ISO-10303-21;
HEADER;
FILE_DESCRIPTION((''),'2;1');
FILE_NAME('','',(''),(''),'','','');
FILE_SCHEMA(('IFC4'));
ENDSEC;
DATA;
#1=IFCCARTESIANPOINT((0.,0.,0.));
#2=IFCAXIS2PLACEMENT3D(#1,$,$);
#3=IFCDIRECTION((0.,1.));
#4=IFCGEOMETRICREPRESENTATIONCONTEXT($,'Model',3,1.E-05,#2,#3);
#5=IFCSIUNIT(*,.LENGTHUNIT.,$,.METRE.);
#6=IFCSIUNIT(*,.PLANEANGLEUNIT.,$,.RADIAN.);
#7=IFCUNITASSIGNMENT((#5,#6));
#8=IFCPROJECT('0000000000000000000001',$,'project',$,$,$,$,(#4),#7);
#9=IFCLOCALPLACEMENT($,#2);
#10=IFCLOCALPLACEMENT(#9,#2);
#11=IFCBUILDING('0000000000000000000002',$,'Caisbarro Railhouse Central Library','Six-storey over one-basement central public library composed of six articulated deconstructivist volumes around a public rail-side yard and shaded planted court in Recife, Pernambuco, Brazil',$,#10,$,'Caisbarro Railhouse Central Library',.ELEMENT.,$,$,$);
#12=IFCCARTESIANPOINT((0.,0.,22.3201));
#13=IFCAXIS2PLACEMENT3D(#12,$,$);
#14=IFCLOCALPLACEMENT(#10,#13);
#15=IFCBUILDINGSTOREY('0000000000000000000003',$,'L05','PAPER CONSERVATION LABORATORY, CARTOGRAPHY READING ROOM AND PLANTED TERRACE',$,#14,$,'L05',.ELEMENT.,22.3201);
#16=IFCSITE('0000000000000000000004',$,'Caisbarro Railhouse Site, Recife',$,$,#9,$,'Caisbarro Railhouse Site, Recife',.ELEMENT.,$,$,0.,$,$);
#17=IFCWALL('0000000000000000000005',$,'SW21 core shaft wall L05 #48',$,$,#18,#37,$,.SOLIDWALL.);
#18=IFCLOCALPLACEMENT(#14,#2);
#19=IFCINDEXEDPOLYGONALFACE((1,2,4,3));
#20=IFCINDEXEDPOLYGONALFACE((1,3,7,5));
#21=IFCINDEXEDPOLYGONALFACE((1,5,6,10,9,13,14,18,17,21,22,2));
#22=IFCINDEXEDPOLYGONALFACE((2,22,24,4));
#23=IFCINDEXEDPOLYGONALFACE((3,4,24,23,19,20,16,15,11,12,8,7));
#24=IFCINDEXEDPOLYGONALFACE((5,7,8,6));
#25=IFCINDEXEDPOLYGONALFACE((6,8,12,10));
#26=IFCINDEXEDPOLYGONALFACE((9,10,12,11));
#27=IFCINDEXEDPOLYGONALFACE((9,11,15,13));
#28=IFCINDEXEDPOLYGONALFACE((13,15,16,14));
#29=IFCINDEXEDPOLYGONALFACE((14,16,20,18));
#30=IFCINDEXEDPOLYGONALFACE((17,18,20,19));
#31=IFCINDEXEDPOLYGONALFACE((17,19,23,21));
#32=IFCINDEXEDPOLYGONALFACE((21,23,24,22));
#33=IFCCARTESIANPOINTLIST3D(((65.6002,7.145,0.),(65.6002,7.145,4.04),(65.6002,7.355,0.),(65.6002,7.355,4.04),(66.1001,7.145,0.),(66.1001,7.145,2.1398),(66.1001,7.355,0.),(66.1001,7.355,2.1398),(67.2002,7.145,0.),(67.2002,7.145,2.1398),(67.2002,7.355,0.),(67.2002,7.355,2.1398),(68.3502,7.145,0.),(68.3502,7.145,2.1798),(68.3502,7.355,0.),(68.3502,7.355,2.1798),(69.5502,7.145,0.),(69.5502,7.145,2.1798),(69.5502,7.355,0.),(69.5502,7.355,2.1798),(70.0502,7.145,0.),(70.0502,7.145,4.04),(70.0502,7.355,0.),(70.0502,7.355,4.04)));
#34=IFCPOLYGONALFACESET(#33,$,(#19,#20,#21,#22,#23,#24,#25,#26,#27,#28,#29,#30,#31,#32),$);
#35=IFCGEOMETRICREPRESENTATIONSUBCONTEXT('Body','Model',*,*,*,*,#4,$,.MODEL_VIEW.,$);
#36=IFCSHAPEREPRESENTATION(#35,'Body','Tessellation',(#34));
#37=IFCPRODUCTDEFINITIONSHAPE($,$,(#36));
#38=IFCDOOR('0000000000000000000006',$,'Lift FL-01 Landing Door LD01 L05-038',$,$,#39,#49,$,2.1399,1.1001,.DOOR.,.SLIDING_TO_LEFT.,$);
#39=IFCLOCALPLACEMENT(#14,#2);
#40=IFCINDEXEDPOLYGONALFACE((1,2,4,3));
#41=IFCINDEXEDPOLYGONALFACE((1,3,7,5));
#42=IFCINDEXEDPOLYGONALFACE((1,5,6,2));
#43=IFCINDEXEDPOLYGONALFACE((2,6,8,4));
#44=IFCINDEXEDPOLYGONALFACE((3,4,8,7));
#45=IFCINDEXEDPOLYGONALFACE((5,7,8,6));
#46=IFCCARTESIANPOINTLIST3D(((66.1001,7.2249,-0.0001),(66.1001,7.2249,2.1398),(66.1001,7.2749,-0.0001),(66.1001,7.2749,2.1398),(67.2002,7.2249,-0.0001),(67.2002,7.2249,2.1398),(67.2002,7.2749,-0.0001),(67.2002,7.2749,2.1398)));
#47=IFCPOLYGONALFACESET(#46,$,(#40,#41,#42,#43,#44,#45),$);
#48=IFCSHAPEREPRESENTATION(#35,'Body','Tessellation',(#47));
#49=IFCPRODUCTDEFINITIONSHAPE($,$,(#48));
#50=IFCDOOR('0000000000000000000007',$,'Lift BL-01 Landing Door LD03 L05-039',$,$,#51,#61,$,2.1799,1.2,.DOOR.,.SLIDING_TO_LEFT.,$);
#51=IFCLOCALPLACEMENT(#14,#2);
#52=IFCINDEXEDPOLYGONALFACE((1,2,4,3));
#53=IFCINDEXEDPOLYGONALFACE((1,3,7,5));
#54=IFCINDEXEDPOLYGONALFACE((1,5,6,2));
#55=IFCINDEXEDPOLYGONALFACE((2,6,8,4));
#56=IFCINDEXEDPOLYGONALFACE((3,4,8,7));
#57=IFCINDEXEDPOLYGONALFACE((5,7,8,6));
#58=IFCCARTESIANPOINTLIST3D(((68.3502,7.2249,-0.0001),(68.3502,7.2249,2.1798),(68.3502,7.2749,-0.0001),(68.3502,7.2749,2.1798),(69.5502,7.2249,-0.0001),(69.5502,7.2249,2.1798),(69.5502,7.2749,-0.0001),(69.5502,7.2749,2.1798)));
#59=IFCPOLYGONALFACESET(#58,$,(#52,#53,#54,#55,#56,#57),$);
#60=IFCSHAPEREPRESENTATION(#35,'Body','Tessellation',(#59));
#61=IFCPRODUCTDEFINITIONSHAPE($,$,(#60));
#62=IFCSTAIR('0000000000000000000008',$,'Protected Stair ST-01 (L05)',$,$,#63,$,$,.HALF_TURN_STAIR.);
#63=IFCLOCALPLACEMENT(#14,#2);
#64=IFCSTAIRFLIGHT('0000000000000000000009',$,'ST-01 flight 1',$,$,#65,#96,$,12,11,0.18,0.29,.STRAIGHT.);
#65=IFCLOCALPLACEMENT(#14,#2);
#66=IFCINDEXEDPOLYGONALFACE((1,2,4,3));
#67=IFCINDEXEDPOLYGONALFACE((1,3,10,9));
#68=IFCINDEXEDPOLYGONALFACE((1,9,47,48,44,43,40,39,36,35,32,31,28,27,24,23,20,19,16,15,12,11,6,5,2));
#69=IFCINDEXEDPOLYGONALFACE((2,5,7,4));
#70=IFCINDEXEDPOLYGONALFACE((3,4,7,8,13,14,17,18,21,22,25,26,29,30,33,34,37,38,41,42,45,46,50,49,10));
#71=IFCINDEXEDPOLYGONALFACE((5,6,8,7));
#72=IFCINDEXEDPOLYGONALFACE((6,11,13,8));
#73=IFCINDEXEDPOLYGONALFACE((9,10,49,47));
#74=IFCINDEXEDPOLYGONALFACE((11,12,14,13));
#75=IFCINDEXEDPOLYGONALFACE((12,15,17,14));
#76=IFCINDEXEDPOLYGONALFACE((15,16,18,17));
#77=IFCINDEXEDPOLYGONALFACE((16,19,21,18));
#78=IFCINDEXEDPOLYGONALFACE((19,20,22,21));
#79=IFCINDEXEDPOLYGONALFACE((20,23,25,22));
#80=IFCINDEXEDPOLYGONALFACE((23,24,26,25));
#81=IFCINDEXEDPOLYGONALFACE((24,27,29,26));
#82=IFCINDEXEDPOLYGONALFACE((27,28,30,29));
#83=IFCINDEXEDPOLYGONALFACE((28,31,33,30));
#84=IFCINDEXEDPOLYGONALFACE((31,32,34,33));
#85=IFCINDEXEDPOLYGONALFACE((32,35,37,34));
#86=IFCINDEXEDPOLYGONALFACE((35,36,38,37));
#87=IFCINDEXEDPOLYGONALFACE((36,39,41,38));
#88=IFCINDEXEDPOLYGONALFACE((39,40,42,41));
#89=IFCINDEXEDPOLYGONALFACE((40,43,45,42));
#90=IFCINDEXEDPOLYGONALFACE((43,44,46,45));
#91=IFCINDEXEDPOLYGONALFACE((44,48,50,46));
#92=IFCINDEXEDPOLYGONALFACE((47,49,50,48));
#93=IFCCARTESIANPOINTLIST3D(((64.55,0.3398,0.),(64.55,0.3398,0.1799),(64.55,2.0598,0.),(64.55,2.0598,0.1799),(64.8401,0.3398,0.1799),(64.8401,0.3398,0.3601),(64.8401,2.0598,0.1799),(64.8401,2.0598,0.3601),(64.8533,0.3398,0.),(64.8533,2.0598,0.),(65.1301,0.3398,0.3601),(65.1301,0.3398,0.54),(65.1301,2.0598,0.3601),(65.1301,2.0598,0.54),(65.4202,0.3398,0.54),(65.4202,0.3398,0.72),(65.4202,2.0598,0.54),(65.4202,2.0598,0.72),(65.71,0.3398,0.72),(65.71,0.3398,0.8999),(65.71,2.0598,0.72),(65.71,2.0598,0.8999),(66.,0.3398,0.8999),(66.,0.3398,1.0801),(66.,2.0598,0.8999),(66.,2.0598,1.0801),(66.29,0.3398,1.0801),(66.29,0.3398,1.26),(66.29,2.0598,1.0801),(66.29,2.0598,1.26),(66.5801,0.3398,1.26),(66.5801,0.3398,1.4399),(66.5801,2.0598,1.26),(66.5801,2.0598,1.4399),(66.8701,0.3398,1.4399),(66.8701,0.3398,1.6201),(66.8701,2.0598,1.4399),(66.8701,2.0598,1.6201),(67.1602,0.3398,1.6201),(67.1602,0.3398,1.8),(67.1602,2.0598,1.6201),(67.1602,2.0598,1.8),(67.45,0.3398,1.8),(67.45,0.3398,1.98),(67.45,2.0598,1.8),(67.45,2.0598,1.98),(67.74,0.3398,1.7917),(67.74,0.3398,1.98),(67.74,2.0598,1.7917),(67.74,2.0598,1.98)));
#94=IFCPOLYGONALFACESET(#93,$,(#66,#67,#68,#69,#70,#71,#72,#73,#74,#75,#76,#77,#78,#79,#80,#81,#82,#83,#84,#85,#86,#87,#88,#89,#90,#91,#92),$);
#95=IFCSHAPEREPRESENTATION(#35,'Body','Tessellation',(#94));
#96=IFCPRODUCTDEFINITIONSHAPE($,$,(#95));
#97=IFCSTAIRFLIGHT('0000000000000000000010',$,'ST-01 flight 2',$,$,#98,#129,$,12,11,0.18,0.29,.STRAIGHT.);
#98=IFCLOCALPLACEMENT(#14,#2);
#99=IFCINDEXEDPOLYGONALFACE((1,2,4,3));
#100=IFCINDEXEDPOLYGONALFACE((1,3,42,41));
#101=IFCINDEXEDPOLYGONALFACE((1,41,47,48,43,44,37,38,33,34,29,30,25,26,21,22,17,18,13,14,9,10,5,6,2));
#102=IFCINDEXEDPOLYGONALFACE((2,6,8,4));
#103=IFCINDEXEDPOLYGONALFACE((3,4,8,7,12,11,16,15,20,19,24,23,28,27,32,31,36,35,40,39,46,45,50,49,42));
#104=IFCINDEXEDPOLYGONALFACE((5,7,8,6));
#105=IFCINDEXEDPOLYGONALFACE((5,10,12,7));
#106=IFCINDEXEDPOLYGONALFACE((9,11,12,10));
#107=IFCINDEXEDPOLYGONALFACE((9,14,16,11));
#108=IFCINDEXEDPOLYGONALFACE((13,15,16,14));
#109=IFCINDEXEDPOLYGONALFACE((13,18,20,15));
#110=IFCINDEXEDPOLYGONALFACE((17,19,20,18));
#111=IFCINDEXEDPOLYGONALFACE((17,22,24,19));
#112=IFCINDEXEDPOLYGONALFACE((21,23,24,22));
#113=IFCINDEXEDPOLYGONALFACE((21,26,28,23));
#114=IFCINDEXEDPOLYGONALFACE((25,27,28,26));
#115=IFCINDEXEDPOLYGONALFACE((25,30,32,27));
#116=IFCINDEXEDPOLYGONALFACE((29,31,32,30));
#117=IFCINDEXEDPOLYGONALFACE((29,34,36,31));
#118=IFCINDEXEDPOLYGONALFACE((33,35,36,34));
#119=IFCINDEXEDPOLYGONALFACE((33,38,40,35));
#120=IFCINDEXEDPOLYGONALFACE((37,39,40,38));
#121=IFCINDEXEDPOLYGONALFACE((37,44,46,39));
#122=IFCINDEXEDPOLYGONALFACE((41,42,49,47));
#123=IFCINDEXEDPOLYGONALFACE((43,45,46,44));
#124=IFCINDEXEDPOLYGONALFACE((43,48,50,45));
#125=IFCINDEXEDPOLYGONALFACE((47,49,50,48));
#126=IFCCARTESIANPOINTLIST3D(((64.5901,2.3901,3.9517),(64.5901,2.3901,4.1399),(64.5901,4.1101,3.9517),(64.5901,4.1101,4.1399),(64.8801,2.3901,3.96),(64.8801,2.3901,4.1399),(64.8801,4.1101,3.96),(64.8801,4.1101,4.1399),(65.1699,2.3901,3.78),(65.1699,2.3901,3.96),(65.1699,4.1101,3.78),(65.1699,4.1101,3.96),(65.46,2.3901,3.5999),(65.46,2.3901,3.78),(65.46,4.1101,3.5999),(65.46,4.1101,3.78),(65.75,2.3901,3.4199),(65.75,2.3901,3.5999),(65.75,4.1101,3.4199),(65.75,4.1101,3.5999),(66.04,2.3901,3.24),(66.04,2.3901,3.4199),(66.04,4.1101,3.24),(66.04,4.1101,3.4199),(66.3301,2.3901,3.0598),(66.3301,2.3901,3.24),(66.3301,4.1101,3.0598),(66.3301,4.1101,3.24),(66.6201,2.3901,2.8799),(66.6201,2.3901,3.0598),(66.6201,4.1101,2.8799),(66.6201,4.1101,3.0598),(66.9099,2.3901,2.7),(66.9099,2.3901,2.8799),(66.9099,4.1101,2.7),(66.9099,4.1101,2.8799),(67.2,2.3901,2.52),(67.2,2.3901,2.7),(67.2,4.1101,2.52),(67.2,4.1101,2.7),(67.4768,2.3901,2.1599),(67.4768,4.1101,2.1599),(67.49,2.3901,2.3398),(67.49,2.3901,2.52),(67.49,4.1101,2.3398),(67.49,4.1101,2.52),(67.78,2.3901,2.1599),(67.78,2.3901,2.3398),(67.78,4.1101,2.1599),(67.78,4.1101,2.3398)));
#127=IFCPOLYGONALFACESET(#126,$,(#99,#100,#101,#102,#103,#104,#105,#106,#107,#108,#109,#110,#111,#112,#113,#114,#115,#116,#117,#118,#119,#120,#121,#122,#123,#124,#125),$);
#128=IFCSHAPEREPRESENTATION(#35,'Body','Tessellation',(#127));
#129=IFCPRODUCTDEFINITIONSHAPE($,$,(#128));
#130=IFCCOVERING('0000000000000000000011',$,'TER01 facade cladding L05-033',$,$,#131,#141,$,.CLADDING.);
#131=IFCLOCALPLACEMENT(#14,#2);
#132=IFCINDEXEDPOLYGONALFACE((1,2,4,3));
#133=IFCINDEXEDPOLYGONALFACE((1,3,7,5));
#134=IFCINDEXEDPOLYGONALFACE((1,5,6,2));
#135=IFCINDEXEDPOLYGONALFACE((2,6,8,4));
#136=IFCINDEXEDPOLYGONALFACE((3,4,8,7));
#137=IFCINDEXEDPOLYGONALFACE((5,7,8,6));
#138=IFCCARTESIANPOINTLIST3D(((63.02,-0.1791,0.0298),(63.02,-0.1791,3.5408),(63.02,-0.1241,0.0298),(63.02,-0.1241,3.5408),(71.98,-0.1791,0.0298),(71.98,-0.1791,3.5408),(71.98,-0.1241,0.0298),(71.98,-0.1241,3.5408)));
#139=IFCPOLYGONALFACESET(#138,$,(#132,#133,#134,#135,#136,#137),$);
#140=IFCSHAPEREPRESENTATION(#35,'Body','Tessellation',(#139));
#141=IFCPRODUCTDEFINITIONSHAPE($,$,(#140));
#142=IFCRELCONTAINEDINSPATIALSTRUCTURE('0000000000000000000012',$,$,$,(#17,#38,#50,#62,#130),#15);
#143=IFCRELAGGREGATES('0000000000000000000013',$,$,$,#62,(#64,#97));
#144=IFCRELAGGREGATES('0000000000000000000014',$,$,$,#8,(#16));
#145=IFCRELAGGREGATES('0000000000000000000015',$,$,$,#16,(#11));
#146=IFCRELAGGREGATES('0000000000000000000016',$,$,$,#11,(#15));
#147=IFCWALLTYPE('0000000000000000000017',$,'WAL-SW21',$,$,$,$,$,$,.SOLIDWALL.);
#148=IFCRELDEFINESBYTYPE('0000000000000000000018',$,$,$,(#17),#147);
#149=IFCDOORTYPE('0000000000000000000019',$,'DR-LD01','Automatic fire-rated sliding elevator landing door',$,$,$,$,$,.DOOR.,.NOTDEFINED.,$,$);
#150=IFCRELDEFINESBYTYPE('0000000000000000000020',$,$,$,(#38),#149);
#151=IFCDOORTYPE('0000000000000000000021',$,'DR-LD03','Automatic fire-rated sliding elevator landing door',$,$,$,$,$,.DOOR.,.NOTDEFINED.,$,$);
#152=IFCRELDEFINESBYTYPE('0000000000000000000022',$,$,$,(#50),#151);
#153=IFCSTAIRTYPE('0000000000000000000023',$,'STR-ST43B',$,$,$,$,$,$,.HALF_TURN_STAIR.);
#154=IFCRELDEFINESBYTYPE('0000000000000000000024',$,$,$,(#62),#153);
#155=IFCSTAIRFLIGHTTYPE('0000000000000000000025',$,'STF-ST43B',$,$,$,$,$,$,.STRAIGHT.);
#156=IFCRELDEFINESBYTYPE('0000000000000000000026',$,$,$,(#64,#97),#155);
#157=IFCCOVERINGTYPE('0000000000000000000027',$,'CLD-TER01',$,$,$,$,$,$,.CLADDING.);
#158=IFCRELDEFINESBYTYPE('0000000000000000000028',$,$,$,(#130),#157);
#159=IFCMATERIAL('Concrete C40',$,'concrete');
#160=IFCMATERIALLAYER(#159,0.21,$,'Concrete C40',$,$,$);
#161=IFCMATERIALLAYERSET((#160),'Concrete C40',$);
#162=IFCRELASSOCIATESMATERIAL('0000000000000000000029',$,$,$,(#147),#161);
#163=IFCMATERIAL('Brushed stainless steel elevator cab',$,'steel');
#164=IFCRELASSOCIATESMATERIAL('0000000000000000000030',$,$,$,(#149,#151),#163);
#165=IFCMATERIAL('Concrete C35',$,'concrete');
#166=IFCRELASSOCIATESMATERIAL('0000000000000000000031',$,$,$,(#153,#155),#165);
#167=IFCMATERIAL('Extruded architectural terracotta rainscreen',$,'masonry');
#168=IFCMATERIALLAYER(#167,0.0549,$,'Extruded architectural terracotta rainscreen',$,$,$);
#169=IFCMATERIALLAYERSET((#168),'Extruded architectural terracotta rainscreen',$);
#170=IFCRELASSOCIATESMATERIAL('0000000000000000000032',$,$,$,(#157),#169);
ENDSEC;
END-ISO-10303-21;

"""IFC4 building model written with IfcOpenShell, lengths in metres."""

from ifc_helpers import new_model, si_unit, direction, frame, frame_2d, origin, origin_2d, place, context, subcontext, project, spatial, polyline, rectangle, outline, extrude, material, layer, layer_set, type_object, element, fill, aggregate, save


model = new_model("IFC4")

# Units and contexts
model_context = context("Model", 3, precision=1e-05, world=origin(), true_north=direction((0.0, 1.0)))
body_context = subcontext(model_context, "Body", "Model", "MODEL_VIEW")
ifc_project = project(units=[si_unit("LENGTHUNIT", "METRE"), si_unit("PLANEANGLEUNIT", "RADIAN")], contexts=[model_context])

# Site, building, storey
site_placement = place(None, origin())
site = spatial("IfcSite", under=ifc_project, at=site_placement, Name="Caisbarro Railhouse Site, Recife", LongName="Caisbarro Railhouse Site, Recife", CompositionType="ELEMENT", RefElevation=0.0)
building_placement = place(site_placement, origin())
building = spatial("IfcBuilding", under=site, at=building_placement, Name="Caisbarro Railhouse Central Library", Description="Six-storey over one-basement central public library composed of six articulated deconstructivist volumes around a public rail-side yard and shaded planted court in Recife, Pernambuco, Brazil", LongName="Caisbarro Railhouse Central Library", CompositionType="ELEMENT")
storey_placement = place(building_placement, frame((0.0, 0.0, 22.3201)))
storey = spatial("IfcBuildingStorey", under=building, at=storey_placement, Name="L05", Description="PAPER CONSERVATION LABORATORY, CARTOGRAPHY READING ROOM AND PLANTED TERRACE", LongName="L05", CompositionType="ELEMENT", Elevation=22.3201)

# Shared definitions
ifc_material_1 = material(Name="Concrete C40", Category="concrete")
ifc_layer_1 = layer(ifc_material_1, 0.21, Name="Concrete C40")
ifc_layer_set_1 = layer_set([ifc_layer_1], Name="Concrete C40")
wall_type = type_object("IfcWallType", Name="WAL-SW21", PredefinedType="SOLIDWALL", material=ifc_layer_set_1)

# Wall, openings, doors
wall_1_placement = place(storey_placement, frame((65.6001, 7.25, 0.0), z_axis=(0.0, 0.0, 1.0), x_axis=(1.0, 0.0, 0.0)))
wall_1 = element("IfcWall", 1, at=wall_1_placement, inside=storey, type_object=wall_type, Name="SW21 core shaft wall L05 #48", PredefinedType="SOLIDWALL", context=body_context, shape_type="SweptSolid", body=[
    extrude(rectangle(XDim=4.45, YDim=0.21, at=frame_2d((2.2251, 0.0))), origin(), (0.0, 0.0, 1.0), 4.04),
])
opening_1_placement = place(wall_1_placement, frame((0.5, 0.0, 0.0)))
opening_1 = element("IfcOpeningElement", 2, at=opening_1_placement, cuts=wall_1, PredefinedType="OPENING", context=body_context, shape_type="SweptSolid", body=[
    extrude(rectangle(XDim=1.1001, YDim=2.1399, at=frame_2d((0.55, 1.0698))), frame((0.0, 0.115, 0.0), z_axis=(0.0, -1.0, 0.0), x_axis=(1.0, 0.0, 0.0)), (0.0, 0.0, 1.0), 0.23),
])
opening_2_placement = place(wall_1_placement, frame((2.75, 0.0, 0.0)))
opening_2 = element("IfcOpeningElement", 3, at=opening_2_placement, cuts=wall_1, PredefinedType="OPENING", context=body_context, shape_type="SweptSolid", body=[
    extrude(rectangle(XDim=1.2, YDim=2.1799, at=frame_2d((0.6001, 1.0898))), frame((0.0, 0.115, 0.0), z_axis=(0.0, -1.0, 0.0), x_axis=(1.0, 0.0, 0.0)), (0.0, 0.0, 1.0), 0.23),
])
ifc_material_2 = material(Name="Brushed stainless steel elevator cab", Category="steel")
door_type_1 = type_object("IfcDoorType", Name="DR-LD01", Description="Automatic fire-rated sliding elevator landing door", OperationType="NOTDEFINED", PredefinedType="DOOR", material=ifc_material_2)
door_1_placement = place(opening_1_placement, origin())
door_1 = element("IfcDoor", 4, at=door_1_placement, inside=storey, type_object=door_type_1, Name="Lift FL-01 Landing Door LD01 L05-038", OperationType="SLIDING_TO_LEFT", OverallHeight=2.1399, OverallWidth=1.1001, PredefinedType="DOOR", context=body_context, shape_type="SweptSolid", body=[
    extrude(rectangle(XDim=1.1001, YDim=2.1399, at=frame_2d((0.55, 1.0698))), frame((0.0, 0.0249, 0.0), z_axis=(0.0, -1.0, 0.0), x_axis=(1.0, 0.0, 0.0)), (0.0, 0.0, 1.0), 0.05),
])
fill(opening_1, door_1)
door_type_2 = type_object("IfcDoorType", Name="DR-LD03", Description="Automatic fire-rated sliding elevator landing door", OperationType="NOTDEFINED", PredefinedType="DOOR", material=ifc_material_2)
door_2_placement = place(opening_2_placement, origin())
door_2 = element("IfcDoor", 5, at=door_2_placement, inside=storey, type_object=door_type_2, Name="Lift BL-01 Landing Door LD03 L05-039", OperationType="SLIDING_TO_LEFT", OverallHeight=2.1799, OverallWidth=1.2, PredefinedType="DOOR", context=body_context, shape_type="SweptSolid", body=[
    extrude(rectangle(XDim=1.2, YDim=2.1799, at=frame_2d((0.6001, 1.0898))), frame((0.0, 0.0249, 0.0), z_axis=(0.0, -1.0, 0.0), x_axis=(1.0, 0.0, 0.0)), (0.0, 0.0, 1.0), 0.05),
])
fill(opening_2, door_2)

# Stair, stair flights
ifc_material_3 = material(Name="Concrete C35", Category="concrete")
stair_type = type_object("IfcStairType", Name="STR-ST43B", PredefinedType="HALF_TURN_STAIR", material=ifc_material_3)
stair_placement = place(storey_placement, origin())
stair = element("IfcStair", 6, at=stair_placement, inside=storey, type_object=stair_type, Name="Protected Stair ST-01 (L05)", PredefinedType="HALF_TURN_STAIR")
stair_flight_type = type_object("IfcStairFlightType", Name="STF-ST43B", PredefinedType="STRAIGHT", material=ifc_material_3)
stair_flight_1_placement = place(storey_placement, frame((64.55, 1.2, 0.0), z_axis=(0.0, 0.0, 1.0), x_axis=(1.0, 0.0, 0.0)))
stair_flight_1 = element("IfcStairFlight", 7, at=stair_flight_1_placement, type_object=stair_flight_type, Name="ST-01 flight 1", NumberOfRisers=12, NumberOfTreads=11, PredefinedType="STRAIGHT", RiserHeight=0.18, TreadLength=0.29, context=body_context, shape_type="SweptSolid", body=[
    extrude(outline(polyline([(0.0, 0.0), (0.0, 0.1799), (0.29, 0.1799), (0.29, 0.3601), (0.5801, 0.3601), (0.5801, 0.54), (0.8701, 0.54), (0.8701, 0.72), (1.1599, 0.72), (1.1599, 0.8999), (1.45, 0.8999), (1.45, 1.0801), (1.74, 1.0801), (1.74, 1.26), (2.03, 1.26), (2.03, 1.4399), (2.3201, 1.4399), (2.3201, 1.6201), (2.6101, 1.6201), (2.6101, 1.8), (2.8999, 1.8), (2.8999, 1.98), (3.1899, 1.98), (3.1899, 2.1599), (3.1899, 1.7917), (0.3032, 0.0), (0.0, 0.0)])), frame((0.0, 0.8599, 0.0), z_axis=(0.0, -1.0, 0.0), x_axis=(1.0, 0.0, 0.0)), (0.0, 0.0, 1.0), 1.72),
])
stair_flight_2_placement = place(storey_placement, frame((67.78, 3.25, 2.1599), z_axis=(0.0, 0.0, 1.0), x_axis=(-1.0, 0.0, 0.0)))
stair_flight_2 = element("IfcStairFlight", 8, at=stair_flight_2_placement, type_object=stair_flight_type, Name="ST-01 flight 2", NumberOfRisers=12, NumberOfTreads=11, PredefinedType="STRAIGHT", RiserHeight=0.18, TreadLength=0.29, context=body_context, shape_type="SweptSolid", body=[
    extrude(outline(polyline([(0.0, 0.0), (0.0, 0.1799), (0.29, 0.1799), (0.29, 0.3601), (0.5801, 0.3601), (0.5801, 0.54), (0.8701, 0.54), (0.8701, 0.72), (1.1599, 0.72), (1.1599, 0.8999), (1.45, 0.8999), (1.45, 1.0801), (1.74, 1.0801), (1.74, 1.26), (2.03, 1.26), (2.03, 1.4399), (2.3201, 1.4399), (2.3201, 1.6201), (2.6101, 1.6201), (2.6101, 1.8), (2.8999, 1.8), (2.8999, 1.98), (3.1899, 1.98), (3.1899, 2.1599), (3.1899, 1.7917), (0.3032, 0.0), (0.0, 0.0)])), frame((0.0, 0.8599, 0.0), z_axis=(0.0, -1.0, 0.0), x_axis=(1.0, 0.0, 0.0)), (0.0, 0.0, 1.0), 1.72),
])
aggregate(stair, [stair_flight_1, stair_flight_2])

# Covering
ifc_material_4 = material(Name="Extruded architectural terracotta rainscreen", Category="masonry")
ifc_layer_2 = layer(ifc_material_4, 0.0549, Name="Extruded architectural terracotta rainscreen")
ifc_layer_set_2 = layer_set([ifc_layer_2], Name="Extruded architectural terracotta rainscreen")
covering_type = type_object("IfcCoveringType", Name="CLD-TER01", PredefinedType="CLADDING", material=ifc_layer_set_2)
covering_placement = place(storey_placement, frame((67.5, -0.1516, 0.0298), z_axis=(0.0, 0.0, 1.0), x_axis=(1.0, 0.0, 0.0)))
element("IfcCovering", 9, at=covering_placement, inside=storey, type_object=covering_type, Name="TER01 facade cladding L05-033", PredefinedType="CLADDING", context=body_context, shape_type="SweptSolid", body=[
    extrude(rectangle(XDim=8.96, YDim=0.0549, at=origin_2d()), origin(), (0.0, 0.0, 1.0), 3.511),
])

save(model, "model.ifc")
